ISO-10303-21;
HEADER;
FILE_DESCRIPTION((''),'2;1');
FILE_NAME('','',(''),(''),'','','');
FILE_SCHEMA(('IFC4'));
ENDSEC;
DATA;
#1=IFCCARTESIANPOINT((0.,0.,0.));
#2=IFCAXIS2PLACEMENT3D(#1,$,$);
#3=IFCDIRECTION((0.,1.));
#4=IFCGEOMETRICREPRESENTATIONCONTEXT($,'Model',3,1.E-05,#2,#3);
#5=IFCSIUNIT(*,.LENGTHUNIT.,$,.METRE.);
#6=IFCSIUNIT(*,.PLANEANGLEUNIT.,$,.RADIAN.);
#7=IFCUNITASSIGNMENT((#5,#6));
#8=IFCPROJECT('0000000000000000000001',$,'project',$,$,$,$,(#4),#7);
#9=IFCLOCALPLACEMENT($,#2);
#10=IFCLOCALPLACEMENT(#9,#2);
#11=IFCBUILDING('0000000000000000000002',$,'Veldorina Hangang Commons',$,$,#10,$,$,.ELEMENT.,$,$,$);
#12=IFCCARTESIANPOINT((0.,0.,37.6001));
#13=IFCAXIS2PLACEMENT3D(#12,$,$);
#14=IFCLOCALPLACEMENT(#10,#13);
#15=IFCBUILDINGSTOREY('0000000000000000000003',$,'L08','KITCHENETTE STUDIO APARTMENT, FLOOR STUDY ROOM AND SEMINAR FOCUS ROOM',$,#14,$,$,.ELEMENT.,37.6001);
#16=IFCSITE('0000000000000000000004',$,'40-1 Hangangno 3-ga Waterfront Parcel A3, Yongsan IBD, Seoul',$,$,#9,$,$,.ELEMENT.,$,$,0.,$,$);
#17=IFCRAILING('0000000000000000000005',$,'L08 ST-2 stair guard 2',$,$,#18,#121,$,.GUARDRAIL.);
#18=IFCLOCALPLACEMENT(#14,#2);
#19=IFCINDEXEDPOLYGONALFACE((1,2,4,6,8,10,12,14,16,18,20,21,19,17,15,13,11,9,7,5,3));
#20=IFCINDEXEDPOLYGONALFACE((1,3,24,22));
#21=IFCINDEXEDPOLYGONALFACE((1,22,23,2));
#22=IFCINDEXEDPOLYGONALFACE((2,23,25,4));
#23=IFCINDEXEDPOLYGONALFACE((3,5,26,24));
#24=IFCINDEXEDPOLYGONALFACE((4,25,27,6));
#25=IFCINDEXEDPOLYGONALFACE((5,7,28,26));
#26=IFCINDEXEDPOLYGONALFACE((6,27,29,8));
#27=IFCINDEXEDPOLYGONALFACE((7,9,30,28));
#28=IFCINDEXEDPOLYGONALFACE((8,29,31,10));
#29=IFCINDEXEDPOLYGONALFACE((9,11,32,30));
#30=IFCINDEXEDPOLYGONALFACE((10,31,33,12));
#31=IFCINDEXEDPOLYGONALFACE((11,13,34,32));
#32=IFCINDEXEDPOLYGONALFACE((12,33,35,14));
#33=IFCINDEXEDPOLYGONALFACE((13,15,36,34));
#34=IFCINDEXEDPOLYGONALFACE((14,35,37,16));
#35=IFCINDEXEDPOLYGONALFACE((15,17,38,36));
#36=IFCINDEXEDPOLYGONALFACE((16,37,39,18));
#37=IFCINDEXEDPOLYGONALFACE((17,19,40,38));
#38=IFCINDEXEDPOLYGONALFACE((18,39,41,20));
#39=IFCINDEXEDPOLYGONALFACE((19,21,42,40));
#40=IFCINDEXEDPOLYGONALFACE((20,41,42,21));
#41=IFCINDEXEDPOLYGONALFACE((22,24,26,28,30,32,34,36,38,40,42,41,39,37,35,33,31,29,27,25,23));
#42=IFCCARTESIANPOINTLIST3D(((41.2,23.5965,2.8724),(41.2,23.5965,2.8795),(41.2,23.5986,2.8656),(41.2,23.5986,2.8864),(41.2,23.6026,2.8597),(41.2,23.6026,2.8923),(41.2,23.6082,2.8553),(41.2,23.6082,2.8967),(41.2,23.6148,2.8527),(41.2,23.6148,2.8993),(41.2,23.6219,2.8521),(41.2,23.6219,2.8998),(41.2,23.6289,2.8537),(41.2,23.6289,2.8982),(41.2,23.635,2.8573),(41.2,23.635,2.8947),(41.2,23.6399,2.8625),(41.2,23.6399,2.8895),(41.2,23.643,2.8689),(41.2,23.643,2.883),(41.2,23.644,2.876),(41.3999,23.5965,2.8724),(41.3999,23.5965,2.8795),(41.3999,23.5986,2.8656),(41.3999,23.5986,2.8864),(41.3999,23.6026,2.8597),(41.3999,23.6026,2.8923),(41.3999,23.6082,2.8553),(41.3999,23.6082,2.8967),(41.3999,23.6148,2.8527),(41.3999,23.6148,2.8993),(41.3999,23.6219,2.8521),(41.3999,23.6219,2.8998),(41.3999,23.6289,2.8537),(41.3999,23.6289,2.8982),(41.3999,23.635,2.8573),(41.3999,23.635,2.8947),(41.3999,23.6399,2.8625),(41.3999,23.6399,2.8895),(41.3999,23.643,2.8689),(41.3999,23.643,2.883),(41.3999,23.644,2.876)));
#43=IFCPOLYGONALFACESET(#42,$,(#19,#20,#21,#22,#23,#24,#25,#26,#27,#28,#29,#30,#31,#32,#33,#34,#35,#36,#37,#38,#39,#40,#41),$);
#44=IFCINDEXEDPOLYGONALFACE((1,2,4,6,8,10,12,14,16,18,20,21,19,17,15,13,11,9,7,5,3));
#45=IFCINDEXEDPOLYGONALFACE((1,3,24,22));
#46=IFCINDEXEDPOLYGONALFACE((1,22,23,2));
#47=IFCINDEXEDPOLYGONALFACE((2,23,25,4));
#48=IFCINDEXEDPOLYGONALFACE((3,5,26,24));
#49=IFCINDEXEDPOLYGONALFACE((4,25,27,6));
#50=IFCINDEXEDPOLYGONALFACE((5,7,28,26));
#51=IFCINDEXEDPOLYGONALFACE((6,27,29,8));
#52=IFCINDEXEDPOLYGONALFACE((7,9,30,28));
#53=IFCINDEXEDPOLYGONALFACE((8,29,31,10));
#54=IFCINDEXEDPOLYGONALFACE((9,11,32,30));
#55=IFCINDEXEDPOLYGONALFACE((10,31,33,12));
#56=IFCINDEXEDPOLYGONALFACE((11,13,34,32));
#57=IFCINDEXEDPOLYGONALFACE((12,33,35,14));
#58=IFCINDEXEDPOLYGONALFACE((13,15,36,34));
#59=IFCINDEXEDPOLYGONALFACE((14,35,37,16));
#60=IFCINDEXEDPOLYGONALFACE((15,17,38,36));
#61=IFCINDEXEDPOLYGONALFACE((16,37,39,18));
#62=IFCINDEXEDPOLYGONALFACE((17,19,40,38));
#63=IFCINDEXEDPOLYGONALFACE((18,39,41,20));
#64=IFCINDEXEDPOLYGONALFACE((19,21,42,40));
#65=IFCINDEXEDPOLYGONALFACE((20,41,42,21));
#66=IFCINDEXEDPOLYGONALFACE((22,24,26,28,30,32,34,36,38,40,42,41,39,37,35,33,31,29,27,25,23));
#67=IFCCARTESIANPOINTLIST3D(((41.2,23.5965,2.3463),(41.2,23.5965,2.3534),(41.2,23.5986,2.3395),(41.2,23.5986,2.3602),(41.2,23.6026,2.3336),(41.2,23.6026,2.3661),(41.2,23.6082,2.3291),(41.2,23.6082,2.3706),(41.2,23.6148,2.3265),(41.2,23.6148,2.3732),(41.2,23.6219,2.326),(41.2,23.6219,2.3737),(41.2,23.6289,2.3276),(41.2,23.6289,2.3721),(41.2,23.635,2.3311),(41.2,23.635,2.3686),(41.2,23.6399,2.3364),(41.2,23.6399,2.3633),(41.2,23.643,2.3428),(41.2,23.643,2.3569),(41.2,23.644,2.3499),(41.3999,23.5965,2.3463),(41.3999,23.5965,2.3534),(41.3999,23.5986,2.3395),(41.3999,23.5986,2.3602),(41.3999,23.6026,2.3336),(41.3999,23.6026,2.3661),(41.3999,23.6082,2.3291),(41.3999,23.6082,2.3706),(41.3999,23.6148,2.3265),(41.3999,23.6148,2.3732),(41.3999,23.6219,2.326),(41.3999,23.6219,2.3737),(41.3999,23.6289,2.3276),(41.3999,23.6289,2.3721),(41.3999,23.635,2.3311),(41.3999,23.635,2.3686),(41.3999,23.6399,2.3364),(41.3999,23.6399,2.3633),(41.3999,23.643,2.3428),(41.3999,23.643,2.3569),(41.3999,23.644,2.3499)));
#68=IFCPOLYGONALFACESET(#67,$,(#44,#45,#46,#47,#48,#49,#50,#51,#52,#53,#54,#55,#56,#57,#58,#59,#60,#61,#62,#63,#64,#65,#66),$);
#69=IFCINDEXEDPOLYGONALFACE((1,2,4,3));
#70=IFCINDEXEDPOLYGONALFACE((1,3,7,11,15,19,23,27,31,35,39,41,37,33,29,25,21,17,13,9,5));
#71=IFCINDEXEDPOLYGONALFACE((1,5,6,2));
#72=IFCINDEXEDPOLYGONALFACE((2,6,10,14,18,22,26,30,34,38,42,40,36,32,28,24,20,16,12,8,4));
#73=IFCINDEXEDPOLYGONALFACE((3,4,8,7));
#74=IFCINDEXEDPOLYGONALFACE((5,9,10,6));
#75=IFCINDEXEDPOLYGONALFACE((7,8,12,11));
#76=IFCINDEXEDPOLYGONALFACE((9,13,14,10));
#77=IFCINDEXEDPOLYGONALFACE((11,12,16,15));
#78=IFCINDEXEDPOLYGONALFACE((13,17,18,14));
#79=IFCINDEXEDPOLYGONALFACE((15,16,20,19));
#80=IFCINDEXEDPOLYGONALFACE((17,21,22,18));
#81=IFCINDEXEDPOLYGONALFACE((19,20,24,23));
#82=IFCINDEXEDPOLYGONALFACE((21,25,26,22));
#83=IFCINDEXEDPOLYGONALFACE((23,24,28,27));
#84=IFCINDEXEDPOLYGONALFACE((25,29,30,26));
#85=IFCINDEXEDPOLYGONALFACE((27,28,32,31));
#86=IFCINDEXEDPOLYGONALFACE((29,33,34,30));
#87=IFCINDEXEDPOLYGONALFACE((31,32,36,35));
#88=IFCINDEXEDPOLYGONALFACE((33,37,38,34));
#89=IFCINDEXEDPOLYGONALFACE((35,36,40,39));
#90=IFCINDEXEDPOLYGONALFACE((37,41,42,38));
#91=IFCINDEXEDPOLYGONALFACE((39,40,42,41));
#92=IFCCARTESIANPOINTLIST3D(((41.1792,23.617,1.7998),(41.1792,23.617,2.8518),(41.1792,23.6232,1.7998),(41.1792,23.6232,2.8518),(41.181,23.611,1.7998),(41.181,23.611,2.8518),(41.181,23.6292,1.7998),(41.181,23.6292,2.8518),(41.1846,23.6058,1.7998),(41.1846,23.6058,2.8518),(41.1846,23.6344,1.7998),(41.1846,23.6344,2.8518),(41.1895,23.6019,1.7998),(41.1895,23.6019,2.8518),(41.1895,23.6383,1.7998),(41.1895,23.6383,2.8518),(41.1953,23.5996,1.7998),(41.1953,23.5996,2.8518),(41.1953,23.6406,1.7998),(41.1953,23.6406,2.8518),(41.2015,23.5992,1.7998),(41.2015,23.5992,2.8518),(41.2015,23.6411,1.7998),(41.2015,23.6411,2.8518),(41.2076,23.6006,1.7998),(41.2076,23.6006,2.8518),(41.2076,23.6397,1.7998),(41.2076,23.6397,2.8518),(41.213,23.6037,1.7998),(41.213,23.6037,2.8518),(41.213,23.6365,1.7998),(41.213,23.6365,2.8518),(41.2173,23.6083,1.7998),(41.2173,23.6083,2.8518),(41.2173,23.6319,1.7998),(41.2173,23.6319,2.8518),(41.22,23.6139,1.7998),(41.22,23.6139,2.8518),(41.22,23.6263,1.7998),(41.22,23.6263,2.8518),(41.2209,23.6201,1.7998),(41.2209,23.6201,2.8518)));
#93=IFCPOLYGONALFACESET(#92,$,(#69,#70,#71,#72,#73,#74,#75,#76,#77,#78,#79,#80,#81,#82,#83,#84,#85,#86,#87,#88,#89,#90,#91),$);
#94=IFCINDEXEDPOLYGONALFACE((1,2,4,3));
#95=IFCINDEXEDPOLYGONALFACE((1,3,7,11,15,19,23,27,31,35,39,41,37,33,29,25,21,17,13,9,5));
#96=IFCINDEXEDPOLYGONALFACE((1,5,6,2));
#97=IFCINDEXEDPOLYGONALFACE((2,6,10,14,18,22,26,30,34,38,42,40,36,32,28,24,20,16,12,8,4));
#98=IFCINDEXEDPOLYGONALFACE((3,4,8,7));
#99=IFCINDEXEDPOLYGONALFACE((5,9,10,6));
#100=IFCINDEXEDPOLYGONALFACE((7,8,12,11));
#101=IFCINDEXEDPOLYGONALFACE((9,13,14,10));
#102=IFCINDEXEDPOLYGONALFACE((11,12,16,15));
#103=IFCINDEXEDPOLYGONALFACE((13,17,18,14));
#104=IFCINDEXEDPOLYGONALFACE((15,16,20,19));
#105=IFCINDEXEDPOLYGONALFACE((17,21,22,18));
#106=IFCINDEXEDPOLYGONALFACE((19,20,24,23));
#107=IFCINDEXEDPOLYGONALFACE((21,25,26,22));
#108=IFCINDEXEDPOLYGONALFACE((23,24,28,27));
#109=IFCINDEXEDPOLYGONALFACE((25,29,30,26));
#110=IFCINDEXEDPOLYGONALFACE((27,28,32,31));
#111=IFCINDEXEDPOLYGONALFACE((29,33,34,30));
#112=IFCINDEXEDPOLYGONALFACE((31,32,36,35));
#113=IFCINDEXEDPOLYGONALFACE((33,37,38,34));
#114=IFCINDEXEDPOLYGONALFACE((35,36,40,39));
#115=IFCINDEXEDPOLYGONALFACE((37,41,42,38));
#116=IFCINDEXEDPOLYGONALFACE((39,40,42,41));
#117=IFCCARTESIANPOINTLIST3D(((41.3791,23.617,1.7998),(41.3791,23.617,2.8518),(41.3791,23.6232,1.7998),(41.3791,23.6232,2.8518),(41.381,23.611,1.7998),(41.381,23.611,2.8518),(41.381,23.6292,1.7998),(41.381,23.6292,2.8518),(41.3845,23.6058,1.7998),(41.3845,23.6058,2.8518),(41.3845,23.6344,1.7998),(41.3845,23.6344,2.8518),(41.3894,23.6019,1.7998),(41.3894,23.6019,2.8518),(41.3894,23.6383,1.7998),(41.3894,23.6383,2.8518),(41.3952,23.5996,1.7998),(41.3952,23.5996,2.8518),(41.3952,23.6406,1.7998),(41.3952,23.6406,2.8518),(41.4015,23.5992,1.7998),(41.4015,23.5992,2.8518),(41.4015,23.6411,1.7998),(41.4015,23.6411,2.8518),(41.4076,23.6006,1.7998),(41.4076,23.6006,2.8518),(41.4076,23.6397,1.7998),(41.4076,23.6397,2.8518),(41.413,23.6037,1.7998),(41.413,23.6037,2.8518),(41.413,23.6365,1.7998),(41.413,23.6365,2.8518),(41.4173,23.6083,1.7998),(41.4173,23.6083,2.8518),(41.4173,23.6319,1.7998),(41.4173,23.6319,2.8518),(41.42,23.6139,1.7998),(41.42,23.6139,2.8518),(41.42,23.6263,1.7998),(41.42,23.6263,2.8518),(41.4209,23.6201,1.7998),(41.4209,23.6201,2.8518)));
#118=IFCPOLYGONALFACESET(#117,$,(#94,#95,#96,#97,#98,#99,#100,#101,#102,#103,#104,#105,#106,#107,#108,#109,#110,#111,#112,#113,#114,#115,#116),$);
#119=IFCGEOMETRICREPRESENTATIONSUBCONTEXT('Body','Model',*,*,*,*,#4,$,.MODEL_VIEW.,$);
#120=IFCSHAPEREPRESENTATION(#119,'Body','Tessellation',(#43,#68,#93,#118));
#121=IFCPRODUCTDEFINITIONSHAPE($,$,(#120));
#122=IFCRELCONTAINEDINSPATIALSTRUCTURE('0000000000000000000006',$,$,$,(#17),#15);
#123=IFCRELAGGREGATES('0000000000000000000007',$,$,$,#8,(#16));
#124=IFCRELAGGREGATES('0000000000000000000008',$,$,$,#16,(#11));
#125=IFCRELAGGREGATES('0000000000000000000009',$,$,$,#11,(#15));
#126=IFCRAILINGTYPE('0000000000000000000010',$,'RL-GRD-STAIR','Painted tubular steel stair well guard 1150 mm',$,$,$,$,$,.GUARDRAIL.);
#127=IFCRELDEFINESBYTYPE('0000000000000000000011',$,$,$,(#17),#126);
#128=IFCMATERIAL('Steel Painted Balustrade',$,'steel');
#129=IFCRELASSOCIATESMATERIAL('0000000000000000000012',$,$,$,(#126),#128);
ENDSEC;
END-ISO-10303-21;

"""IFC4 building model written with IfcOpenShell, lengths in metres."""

from ifc_helpers import new_model, si_unit, direction, frame, origin, origin_2d, place, context, subcontext, project, spatial, circle, extrude, material, type_object, element, save


model = new_model("IFC4")

# Units and contexts
model_context = context("Model", 3, precision=1e-05, world=origin(), true_north=direction((0.0, 1.0)))
body_context = subcontext(model_context, "Body", "Model", "MODEL_VIEW")
ifc_project = project(units=[si_unit("LENGTHUNIT", "METRE"), si_unit("PLANEANGLEUNIT", "RADIAN")], contexts=[model_context])

# Site, building, storey
site_placement = place(None, origin())
site = spatial("IfcSite", under=ifc_project, at=site_placement, Name="40-1 Hangangno 3-ga Waterfront Parcel A3, Yongsan IBD, Seoul", CompositionType="ELEMENT", RefElevation=0.0)
building_placement = place(site_placement, origin())
building = spatial("IfcBuilding", under=site, at=building_placement, Name="Veldorina Hangang Commons", CompositionType="ELEMENT")
storey_placement = place(building_placement, frame((0.0, 0.0, 37.6001)))
storey = spatial("IfcBuildingStorey", under=building, at=storey_placement, Name="L08", Description="KITCHENETTE STUDIO APARTMENT, FLOOR STUDY ROOM AND SEMINAR FOCUS ROOM", CompositionType="ELEMENT", Elevation=37.6001)

# Railing
ifc_material_1 = material(Name="Steel Painted Balustrade", Category="steel")
railing_type = type_object("IfcRailingType", Name="RL-GRD-STAIR", Description="Painted tubular steel stair well guard 1150 mm", PredefinedType="GUARDRAIL", material=ifc_material_1)
railing_placement = place(storey_placement, frame((41.2, 23.6201, 1.7998)))
element("IfcRailing", 1, at=railing_placement, inside=storey, type_object=railing_type, Name="L08 ST-2 stair guard 2", PredefinedType="GUARDRAIL", context=body_context, shape_type="SweptSolid", body=[
    extrude(circle(Radius=0.0239, at=origin_2d()), frame((0.0, 0.0, 1.0762), z_axis=(1.0, 0.0, 0.0), x_axis=(0.0, 1.0, 0.0)), (0.0, 0.0, 1.0), 0.2),
    extrude(circle(Radius=0.0239, at=origin_2d()), frame((0.0, 0.0, 0.55), z_axis=(1.0, 0.0, 0.0), x_axis=(0.0, 1.0, 0.0)), (0.0, 0.0, 1.0), 0.2),
    extrude(circle(Radius=0.021, at=origin_2d()), origin(), (0.0, 0.0, 1.0), 1.052),
    extrude(circle(Radius=0.021, at=origin_2d()), frame((0.2, 0.0, 0.0)), (0.0, 0.0, 1.0), 1.052),
])

save(model, "model.ifc")
